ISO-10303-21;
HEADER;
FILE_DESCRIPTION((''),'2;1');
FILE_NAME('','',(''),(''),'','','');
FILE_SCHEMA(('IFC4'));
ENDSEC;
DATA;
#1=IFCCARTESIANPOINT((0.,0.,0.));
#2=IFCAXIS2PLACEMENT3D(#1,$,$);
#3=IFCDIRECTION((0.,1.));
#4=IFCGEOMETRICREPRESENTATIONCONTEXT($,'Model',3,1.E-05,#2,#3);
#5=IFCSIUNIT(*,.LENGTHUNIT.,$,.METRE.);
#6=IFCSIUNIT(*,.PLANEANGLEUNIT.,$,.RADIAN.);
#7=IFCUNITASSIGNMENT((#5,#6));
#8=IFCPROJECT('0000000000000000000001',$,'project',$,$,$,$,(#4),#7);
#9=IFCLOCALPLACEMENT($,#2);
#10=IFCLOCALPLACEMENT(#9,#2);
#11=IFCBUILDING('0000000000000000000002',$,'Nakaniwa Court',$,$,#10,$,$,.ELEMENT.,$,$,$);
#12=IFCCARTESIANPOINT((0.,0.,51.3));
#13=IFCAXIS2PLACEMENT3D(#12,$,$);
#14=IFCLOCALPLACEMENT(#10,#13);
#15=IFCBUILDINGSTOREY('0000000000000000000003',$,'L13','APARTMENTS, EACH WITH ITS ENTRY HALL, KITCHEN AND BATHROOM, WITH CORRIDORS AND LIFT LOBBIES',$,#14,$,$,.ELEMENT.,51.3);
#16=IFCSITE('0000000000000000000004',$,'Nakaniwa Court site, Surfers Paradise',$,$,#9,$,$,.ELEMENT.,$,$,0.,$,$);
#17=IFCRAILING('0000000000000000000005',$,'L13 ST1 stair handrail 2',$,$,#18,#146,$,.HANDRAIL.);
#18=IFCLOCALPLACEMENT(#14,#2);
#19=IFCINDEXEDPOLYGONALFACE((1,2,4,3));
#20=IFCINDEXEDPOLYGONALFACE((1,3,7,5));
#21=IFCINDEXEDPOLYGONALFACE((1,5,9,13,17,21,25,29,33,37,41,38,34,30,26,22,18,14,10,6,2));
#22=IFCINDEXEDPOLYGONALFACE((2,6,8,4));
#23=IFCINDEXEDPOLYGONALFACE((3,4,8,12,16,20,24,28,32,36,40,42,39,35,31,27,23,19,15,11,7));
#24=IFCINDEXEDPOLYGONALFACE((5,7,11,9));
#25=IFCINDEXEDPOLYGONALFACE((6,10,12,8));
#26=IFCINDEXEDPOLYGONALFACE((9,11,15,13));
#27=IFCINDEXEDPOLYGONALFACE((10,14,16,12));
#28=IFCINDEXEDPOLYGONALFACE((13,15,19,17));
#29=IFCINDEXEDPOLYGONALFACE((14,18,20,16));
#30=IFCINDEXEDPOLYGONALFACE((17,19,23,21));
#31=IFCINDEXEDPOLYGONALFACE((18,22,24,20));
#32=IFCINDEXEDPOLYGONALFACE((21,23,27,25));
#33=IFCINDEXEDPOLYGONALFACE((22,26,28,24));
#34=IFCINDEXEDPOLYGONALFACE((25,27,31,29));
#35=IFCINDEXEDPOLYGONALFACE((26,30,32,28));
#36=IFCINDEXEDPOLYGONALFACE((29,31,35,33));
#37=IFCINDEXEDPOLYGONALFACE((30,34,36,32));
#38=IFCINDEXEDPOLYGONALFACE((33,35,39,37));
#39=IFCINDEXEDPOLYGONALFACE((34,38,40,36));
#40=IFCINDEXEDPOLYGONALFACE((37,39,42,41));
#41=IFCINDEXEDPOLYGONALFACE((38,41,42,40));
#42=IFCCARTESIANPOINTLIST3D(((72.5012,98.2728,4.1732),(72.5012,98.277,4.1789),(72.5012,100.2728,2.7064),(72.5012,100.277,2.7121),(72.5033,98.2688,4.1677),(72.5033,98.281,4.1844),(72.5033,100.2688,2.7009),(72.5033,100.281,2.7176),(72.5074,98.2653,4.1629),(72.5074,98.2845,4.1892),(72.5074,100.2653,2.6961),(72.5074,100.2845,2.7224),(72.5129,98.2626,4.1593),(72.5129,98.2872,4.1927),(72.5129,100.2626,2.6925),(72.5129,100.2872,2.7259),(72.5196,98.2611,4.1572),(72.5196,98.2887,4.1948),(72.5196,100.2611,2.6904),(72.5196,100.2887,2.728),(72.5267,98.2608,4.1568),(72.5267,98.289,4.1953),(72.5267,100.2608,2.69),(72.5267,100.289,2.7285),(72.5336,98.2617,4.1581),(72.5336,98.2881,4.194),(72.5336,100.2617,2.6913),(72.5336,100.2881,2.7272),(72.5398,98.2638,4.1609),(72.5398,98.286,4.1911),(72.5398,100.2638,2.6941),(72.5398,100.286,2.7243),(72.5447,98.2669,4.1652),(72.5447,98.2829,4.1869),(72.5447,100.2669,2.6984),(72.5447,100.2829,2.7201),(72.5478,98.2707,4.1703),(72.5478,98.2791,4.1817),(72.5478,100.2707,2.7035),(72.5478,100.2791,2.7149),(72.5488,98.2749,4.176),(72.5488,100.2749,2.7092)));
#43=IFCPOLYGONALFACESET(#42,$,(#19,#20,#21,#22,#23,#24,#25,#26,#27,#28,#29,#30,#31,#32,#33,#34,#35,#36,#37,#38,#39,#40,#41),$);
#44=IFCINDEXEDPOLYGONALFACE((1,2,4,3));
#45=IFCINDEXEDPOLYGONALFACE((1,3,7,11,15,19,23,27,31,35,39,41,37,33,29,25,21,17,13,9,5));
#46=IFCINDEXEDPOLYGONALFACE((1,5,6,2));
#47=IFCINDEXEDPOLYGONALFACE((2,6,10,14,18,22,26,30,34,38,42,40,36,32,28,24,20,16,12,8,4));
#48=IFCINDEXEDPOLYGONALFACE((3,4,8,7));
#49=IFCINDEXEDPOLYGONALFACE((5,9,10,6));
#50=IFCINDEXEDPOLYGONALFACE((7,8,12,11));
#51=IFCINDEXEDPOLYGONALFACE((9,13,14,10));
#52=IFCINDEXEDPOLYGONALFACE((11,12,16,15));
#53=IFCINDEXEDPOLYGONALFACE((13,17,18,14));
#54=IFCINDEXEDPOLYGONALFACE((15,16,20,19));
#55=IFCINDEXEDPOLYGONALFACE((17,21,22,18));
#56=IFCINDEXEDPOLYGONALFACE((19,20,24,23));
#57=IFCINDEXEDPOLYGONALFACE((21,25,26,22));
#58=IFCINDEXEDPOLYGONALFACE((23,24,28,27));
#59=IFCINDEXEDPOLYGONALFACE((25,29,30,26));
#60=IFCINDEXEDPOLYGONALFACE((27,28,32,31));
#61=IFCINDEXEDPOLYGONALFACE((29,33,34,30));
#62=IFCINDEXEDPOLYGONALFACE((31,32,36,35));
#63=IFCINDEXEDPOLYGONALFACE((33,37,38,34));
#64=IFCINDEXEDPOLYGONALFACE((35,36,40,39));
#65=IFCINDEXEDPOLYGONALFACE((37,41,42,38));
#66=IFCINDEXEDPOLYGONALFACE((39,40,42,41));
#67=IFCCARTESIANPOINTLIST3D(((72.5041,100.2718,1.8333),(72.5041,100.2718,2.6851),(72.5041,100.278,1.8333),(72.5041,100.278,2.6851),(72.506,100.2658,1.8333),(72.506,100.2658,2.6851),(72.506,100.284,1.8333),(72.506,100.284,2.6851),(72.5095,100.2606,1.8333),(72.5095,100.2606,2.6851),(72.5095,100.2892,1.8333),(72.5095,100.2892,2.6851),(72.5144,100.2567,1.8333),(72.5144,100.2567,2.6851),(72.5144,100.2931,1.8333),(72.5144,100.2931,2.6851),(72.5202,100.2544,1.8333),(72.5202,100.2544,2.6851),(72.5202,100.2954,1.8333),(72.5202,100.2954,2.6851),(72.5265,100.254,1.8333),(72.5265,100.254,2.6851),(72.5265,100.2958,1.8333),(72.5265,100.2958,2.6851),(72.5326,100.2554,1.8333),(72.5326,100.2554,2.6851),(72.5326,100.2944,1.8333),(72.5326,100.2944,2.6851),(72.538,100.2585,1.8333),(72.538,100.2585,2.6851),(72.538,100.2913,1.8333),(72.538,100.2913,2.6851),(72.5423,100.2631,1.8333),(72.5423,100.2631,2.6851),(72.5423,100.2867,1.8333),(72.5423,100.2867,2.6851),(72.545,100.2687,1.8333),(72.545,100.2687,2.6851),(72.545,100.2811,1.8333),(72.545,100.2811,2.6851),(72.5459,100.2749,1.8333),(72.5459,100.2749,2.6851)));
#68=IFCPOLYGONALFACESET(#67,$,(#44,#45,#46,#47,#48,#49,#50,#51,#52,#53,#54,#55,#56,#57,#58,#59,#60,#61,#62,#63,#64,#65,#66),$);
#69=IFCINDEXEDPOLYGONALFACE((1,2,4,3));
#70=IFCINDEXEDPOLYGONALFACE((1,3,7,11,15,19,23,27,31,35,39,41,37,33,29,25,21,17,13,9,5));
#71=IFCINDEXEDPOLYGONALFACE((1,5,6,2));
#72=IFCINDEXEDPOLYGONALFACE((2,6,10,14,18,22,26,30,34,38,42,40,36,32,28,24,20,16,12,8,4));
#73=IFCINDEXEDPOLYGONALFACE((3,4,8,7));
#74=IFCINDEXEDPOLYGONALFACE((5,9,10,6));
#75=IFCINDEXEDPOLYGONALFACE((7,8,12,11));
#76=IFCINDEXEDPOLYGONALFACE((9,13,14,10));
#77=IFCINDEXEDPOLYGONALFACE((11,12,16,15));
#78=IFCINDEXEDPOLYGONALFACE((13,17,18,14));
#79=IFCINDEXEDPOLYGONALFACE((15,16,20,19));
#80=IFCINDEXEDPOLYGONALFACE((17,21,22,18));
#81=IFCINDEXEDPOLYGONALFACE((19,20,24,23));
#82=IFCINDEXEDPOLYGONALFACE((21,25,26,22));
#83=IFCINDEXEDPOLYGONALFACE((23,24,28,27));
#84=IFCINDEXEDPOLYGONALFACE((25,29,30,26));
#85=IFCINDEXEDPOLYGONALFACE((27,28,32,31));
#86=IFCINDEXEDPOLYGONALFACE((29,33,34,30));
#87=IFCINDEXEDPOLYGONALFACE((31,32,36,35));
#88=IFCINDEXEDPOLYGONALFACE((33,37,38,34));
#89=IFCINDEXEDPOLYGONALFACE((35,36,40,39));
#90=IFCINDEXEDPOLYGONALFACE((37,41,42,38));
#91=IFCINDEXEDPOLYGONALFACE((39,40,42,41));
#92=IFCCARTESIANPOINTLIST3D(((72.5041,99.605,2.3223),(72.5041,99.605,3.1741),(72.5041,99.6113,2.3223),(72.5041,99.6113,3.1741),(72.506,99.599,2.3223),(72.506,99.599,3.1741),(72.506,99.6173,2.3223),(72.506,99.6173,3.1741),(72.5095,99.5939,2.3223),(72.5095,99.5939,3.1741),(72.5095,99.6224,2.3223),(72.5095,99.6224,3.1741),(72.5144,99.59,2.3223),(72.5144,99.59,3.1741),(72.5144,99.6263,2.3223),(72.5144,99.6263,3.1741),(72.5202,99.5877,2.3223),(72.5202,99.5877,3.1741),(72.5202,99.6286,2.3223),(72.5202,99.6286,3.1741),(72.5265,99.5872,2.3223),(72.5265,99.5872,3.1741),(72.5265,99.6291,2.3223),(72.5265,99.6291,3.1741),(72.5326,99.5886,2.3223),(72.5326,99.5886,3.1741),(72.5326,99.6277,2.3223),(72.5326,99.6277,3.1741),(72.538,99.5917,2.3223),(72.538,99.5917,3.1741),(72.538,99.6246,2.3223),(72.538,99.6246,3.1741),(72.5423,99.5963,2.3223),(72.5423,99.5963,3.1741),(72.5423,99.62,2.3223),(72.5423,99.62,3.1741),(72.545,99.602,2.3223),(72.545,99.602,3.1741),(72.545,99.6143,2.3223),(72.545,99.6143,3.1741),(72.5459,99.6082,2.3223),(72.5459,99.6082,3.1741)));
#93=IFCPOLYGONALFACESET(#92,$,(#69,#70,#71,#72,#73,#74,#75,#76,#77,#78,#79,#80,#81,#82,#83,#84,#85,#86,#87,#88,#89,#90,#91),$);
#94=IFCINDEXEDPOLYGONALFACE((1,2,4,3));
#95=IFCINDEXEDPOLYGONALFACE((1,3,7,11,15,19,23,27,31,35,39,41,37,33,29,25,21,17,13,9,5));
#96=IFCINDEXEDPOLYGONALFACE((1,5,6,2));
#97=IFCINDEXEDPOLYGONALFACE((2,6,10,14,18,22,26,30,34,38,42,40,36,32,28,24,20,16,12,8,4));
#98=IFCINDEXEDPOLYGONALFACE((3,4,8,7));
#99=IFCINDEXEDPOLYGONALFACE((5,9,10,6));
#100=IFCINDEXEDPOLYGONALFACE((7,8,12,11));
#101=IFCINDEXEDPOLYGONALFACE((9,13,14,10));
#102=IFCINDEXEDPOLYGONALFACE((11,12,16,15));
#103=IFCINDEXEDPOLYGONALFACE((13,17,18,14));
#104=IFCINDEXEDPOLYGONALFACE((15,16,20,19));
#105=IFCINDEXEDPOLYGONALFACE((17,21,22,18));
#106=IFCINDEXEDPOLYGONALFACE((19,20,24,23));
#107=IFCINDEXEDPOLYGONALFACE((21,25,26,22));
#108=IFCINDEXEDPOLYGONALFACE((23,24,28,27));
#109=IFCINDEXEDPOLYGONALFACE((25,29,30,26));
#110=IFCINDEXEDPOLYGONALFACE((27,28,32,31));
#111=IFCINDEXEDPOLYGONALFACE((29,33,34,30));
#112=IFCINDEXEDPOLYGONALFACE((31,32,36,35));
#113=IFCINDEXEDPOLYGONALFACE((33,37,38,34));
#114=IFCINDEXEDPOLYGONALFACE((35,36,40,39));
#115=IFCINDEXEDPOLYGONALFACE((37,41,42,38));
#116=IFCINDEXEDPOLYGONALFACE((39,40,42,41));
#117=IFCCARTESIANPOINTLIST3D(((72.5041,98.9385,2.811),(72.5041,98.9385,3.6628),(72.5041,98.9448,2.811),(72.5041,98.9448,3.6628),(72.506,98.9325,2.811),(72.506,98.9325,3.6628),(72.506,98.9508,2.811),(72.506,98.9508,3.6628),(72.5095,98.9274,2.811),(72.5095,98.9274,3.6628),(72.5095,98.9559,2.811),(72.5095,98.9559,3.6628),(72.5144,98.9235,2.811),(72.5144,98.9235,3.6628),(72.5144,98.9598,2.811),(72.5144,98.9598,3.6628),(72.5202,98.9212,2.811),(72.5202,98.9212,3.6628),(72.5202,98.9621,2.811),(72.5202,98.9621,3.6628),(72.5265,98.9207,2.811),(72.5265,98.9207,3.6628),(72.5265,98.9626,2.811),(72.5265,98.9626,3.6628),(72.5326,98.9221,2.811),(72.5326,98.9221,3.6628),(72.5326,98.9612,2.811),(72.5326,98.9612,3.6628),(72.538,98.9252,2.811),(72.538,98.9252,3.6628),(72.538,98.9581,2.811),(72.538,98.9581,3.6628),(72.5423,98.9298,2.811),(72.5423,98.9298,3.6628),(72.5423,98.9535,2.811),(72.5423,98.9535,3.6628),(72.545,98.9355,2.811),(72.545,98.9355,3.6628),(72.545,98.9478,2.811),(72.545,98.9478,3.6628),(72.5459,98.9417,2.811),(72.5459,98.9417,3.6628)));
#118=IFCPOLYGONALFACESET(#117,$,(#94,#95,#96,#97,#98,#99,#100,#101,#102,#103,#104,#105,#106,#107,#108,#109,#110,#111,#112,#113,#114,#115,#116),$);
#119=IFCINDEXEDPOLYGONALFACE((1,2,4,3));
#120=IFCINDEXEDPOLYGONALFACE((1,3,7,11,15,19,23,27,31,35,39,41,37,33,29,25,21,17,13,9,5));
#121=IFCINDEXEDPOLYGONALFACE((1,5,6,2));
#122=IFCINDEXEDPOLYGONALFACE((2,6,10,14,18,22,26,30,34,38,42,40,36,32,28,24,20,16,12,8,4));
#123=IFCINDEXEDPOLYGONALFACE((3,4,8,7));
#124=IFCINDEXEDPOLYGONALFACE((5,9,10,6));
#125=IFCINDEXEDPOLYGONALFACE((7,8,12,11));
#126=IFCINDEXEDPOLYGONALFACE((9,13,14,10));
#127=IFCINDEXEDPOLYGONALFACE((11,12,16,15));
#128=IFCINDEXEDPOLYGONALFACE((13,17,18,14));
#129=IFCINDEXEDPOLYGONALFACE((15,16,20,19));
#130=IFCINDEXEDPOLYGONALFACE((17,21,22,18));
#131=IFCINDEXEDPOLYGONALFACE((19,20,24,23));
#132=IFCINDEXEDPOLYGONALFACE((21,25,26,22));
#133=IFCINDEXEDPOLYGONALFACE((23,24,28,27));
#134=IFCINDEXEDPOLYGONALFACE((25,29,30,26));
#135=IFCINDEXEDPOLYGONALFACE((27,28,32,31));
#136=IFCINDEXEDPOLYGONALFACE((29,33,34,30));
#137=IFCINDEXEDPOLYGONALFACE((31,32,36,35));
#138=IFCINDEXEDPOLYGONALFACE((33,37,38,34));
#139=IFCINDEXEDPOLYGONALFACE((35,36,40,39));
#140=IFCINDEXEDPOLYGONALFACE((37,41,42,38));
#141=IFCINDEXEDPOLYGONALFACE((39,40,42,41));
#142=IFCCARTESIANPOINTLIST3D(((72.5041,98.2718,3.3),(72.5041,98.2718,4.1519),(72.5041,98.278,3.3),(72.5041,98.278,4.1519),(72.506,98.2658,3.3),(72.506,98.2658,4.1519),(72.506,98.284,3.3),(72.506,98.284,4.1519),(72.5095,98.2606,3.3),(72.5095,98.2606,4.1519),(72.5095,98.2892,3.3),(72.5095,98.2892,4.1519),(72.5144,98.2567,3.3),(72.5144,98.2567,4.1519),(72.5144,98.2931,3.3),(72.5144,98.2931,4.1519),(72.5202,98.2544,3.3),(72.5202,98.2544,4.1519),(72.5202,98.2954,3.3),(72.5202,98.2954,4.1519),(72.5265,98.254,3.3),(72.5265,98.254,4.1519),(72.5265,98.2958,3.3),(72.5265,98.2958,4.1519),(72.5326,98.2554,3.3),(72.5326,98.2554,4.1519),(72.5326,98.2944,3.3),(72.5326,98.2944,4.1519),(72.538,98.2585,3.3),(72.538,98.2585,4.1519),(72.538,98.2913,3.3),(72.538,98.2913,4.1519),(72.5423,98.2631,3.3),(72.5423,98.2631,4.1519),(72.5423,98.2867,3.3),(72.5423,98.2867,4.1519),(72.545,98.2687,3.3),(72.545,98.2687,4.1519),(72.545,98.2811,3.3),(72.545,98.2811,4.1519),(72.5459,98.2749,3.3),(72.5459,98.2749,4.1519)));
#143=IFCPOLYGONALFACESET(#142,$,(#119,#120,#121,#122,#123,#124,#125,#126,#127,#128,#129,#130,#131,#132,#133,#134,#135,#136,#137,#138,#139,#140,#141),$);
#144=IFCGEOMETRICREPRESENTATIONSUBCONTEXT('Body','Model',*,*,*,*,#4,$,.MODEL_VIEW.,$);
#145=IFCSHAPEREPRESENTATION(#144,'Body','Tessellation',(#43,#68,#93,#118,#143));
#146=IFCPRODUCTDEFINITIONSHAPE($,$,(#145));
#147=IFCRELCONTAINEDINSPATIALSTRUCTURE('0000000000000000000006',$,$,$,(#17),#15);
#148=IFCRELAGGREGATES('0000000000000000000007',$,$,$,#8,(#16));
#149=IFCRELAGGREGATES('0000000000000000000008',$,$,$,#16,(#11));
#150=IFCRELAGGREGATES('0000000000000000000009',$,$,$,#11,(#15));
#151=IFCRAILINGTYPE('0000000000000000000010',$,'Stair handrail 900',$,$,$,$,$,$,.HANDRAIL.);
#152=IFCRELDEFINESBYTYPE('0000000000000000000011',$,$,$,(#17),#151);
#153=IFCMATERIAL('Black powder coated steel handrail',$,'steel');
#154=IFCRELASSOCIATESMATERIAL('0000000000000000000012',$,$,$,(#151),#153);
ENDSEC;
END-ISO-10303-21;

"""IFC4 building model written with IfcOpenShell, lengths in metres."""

from ifc_helpers import new_model, si_unit, direction, frame, origin, origin_2d, place, context, subcontext, project, spatial, circle, extrude, material, type_object, element, save


model = new_model("IFC4")

# Units and contexts
model_context = context("Model", 3, precision=1e-05, world=origin(), true_north=direction((0.0, 1.0)))
body_context = subcontext(model_context, "Body", "Model", "MODEL_VIEW")
ifc_project = project(units=[si_unit("LENGTHUNIT", "METRE"), si_unit("PLANEANGLEUNIT", "RADIAN")], contexts=[model_context])

# Site, building, storey
site_placement = place(None, origin())
site = spatial("IfcSite", under=ifc_project, at=site_placement, Name="Nakaniwa Court site, Surfers Paradise", CompositionType="ELEMENT", RefElevation=0.0)
building_placement = place(site_placement, origin())
building = spatial("IfcBuilding", under=site, at=building_placement, Name="Nakaniwa Court", CompositionType="ELEMENT")
storey_placement = place(building_placement, frame((0.0, 0.0, 51.3)))
storey = spatial("IfcBuildingStorey", under=building, at=storey_placement, Name="L13", Description="APARTMENTS, EACH WITH ITS ENTRY HALL, KITCHEN AND BATHROOM, WITH CORRIDORS AND LIFT LOBBIES", CompositionType="ELEMENT", Elevation=51.3)

# Railing
ifc_material_1 = material(Name="Black powder coated steel handrail", Category="steel")
railing_type_1 = type_object("IfcRailingType", Name="Stair handrail 900", PredefinedType="HANDRAIL", material=ifc_material_1)
railing_1_placement = place(storey_placement, frame((72.5249, 100.2749, 1.8333)))
element("IfcRailing", 1, at=railing_1_placement, inside=storey, type_object=railing_type_1, Name="L13 ST1 stair handrail 2", PredefinedType="HANDRAIL", context=body_context, shape_type="SweptSolid", body=[
    extrude(circle(Radius=0.0239, at=origin_2d()), frame((0.0, 0.0, 0.876), z_axis=(0.0, -0.80638, 0.591398), x_axis=(1.0, 0.0, 0.0)), (0.0, 0.0, 1.0), 2.4802),
    extrude(circle(Radius=0.021, at=origin_2d()), origin(), (0.0, 0.0, 1.0), 0.8518),
    extrude(circle(Radius=0.021, at=origin_2d()), frame((0.0, -0.6667, 0.489)), (0.0, 0.0, 1.0), 0.8518),
    extrude(circle(Radius=0.021, at=origin_2d()), frame((0.0, -1.3333, 0.9778)), (0.0, 0.0, 1.0), 0.8518),
    extrude(circle(Radius=0.021, at=origin_2d()), frame((0.0, -2.0, 1.4668)), (0.0, 0.0, 1.0), 0.8518),
])

save(model, "model.ifc")
